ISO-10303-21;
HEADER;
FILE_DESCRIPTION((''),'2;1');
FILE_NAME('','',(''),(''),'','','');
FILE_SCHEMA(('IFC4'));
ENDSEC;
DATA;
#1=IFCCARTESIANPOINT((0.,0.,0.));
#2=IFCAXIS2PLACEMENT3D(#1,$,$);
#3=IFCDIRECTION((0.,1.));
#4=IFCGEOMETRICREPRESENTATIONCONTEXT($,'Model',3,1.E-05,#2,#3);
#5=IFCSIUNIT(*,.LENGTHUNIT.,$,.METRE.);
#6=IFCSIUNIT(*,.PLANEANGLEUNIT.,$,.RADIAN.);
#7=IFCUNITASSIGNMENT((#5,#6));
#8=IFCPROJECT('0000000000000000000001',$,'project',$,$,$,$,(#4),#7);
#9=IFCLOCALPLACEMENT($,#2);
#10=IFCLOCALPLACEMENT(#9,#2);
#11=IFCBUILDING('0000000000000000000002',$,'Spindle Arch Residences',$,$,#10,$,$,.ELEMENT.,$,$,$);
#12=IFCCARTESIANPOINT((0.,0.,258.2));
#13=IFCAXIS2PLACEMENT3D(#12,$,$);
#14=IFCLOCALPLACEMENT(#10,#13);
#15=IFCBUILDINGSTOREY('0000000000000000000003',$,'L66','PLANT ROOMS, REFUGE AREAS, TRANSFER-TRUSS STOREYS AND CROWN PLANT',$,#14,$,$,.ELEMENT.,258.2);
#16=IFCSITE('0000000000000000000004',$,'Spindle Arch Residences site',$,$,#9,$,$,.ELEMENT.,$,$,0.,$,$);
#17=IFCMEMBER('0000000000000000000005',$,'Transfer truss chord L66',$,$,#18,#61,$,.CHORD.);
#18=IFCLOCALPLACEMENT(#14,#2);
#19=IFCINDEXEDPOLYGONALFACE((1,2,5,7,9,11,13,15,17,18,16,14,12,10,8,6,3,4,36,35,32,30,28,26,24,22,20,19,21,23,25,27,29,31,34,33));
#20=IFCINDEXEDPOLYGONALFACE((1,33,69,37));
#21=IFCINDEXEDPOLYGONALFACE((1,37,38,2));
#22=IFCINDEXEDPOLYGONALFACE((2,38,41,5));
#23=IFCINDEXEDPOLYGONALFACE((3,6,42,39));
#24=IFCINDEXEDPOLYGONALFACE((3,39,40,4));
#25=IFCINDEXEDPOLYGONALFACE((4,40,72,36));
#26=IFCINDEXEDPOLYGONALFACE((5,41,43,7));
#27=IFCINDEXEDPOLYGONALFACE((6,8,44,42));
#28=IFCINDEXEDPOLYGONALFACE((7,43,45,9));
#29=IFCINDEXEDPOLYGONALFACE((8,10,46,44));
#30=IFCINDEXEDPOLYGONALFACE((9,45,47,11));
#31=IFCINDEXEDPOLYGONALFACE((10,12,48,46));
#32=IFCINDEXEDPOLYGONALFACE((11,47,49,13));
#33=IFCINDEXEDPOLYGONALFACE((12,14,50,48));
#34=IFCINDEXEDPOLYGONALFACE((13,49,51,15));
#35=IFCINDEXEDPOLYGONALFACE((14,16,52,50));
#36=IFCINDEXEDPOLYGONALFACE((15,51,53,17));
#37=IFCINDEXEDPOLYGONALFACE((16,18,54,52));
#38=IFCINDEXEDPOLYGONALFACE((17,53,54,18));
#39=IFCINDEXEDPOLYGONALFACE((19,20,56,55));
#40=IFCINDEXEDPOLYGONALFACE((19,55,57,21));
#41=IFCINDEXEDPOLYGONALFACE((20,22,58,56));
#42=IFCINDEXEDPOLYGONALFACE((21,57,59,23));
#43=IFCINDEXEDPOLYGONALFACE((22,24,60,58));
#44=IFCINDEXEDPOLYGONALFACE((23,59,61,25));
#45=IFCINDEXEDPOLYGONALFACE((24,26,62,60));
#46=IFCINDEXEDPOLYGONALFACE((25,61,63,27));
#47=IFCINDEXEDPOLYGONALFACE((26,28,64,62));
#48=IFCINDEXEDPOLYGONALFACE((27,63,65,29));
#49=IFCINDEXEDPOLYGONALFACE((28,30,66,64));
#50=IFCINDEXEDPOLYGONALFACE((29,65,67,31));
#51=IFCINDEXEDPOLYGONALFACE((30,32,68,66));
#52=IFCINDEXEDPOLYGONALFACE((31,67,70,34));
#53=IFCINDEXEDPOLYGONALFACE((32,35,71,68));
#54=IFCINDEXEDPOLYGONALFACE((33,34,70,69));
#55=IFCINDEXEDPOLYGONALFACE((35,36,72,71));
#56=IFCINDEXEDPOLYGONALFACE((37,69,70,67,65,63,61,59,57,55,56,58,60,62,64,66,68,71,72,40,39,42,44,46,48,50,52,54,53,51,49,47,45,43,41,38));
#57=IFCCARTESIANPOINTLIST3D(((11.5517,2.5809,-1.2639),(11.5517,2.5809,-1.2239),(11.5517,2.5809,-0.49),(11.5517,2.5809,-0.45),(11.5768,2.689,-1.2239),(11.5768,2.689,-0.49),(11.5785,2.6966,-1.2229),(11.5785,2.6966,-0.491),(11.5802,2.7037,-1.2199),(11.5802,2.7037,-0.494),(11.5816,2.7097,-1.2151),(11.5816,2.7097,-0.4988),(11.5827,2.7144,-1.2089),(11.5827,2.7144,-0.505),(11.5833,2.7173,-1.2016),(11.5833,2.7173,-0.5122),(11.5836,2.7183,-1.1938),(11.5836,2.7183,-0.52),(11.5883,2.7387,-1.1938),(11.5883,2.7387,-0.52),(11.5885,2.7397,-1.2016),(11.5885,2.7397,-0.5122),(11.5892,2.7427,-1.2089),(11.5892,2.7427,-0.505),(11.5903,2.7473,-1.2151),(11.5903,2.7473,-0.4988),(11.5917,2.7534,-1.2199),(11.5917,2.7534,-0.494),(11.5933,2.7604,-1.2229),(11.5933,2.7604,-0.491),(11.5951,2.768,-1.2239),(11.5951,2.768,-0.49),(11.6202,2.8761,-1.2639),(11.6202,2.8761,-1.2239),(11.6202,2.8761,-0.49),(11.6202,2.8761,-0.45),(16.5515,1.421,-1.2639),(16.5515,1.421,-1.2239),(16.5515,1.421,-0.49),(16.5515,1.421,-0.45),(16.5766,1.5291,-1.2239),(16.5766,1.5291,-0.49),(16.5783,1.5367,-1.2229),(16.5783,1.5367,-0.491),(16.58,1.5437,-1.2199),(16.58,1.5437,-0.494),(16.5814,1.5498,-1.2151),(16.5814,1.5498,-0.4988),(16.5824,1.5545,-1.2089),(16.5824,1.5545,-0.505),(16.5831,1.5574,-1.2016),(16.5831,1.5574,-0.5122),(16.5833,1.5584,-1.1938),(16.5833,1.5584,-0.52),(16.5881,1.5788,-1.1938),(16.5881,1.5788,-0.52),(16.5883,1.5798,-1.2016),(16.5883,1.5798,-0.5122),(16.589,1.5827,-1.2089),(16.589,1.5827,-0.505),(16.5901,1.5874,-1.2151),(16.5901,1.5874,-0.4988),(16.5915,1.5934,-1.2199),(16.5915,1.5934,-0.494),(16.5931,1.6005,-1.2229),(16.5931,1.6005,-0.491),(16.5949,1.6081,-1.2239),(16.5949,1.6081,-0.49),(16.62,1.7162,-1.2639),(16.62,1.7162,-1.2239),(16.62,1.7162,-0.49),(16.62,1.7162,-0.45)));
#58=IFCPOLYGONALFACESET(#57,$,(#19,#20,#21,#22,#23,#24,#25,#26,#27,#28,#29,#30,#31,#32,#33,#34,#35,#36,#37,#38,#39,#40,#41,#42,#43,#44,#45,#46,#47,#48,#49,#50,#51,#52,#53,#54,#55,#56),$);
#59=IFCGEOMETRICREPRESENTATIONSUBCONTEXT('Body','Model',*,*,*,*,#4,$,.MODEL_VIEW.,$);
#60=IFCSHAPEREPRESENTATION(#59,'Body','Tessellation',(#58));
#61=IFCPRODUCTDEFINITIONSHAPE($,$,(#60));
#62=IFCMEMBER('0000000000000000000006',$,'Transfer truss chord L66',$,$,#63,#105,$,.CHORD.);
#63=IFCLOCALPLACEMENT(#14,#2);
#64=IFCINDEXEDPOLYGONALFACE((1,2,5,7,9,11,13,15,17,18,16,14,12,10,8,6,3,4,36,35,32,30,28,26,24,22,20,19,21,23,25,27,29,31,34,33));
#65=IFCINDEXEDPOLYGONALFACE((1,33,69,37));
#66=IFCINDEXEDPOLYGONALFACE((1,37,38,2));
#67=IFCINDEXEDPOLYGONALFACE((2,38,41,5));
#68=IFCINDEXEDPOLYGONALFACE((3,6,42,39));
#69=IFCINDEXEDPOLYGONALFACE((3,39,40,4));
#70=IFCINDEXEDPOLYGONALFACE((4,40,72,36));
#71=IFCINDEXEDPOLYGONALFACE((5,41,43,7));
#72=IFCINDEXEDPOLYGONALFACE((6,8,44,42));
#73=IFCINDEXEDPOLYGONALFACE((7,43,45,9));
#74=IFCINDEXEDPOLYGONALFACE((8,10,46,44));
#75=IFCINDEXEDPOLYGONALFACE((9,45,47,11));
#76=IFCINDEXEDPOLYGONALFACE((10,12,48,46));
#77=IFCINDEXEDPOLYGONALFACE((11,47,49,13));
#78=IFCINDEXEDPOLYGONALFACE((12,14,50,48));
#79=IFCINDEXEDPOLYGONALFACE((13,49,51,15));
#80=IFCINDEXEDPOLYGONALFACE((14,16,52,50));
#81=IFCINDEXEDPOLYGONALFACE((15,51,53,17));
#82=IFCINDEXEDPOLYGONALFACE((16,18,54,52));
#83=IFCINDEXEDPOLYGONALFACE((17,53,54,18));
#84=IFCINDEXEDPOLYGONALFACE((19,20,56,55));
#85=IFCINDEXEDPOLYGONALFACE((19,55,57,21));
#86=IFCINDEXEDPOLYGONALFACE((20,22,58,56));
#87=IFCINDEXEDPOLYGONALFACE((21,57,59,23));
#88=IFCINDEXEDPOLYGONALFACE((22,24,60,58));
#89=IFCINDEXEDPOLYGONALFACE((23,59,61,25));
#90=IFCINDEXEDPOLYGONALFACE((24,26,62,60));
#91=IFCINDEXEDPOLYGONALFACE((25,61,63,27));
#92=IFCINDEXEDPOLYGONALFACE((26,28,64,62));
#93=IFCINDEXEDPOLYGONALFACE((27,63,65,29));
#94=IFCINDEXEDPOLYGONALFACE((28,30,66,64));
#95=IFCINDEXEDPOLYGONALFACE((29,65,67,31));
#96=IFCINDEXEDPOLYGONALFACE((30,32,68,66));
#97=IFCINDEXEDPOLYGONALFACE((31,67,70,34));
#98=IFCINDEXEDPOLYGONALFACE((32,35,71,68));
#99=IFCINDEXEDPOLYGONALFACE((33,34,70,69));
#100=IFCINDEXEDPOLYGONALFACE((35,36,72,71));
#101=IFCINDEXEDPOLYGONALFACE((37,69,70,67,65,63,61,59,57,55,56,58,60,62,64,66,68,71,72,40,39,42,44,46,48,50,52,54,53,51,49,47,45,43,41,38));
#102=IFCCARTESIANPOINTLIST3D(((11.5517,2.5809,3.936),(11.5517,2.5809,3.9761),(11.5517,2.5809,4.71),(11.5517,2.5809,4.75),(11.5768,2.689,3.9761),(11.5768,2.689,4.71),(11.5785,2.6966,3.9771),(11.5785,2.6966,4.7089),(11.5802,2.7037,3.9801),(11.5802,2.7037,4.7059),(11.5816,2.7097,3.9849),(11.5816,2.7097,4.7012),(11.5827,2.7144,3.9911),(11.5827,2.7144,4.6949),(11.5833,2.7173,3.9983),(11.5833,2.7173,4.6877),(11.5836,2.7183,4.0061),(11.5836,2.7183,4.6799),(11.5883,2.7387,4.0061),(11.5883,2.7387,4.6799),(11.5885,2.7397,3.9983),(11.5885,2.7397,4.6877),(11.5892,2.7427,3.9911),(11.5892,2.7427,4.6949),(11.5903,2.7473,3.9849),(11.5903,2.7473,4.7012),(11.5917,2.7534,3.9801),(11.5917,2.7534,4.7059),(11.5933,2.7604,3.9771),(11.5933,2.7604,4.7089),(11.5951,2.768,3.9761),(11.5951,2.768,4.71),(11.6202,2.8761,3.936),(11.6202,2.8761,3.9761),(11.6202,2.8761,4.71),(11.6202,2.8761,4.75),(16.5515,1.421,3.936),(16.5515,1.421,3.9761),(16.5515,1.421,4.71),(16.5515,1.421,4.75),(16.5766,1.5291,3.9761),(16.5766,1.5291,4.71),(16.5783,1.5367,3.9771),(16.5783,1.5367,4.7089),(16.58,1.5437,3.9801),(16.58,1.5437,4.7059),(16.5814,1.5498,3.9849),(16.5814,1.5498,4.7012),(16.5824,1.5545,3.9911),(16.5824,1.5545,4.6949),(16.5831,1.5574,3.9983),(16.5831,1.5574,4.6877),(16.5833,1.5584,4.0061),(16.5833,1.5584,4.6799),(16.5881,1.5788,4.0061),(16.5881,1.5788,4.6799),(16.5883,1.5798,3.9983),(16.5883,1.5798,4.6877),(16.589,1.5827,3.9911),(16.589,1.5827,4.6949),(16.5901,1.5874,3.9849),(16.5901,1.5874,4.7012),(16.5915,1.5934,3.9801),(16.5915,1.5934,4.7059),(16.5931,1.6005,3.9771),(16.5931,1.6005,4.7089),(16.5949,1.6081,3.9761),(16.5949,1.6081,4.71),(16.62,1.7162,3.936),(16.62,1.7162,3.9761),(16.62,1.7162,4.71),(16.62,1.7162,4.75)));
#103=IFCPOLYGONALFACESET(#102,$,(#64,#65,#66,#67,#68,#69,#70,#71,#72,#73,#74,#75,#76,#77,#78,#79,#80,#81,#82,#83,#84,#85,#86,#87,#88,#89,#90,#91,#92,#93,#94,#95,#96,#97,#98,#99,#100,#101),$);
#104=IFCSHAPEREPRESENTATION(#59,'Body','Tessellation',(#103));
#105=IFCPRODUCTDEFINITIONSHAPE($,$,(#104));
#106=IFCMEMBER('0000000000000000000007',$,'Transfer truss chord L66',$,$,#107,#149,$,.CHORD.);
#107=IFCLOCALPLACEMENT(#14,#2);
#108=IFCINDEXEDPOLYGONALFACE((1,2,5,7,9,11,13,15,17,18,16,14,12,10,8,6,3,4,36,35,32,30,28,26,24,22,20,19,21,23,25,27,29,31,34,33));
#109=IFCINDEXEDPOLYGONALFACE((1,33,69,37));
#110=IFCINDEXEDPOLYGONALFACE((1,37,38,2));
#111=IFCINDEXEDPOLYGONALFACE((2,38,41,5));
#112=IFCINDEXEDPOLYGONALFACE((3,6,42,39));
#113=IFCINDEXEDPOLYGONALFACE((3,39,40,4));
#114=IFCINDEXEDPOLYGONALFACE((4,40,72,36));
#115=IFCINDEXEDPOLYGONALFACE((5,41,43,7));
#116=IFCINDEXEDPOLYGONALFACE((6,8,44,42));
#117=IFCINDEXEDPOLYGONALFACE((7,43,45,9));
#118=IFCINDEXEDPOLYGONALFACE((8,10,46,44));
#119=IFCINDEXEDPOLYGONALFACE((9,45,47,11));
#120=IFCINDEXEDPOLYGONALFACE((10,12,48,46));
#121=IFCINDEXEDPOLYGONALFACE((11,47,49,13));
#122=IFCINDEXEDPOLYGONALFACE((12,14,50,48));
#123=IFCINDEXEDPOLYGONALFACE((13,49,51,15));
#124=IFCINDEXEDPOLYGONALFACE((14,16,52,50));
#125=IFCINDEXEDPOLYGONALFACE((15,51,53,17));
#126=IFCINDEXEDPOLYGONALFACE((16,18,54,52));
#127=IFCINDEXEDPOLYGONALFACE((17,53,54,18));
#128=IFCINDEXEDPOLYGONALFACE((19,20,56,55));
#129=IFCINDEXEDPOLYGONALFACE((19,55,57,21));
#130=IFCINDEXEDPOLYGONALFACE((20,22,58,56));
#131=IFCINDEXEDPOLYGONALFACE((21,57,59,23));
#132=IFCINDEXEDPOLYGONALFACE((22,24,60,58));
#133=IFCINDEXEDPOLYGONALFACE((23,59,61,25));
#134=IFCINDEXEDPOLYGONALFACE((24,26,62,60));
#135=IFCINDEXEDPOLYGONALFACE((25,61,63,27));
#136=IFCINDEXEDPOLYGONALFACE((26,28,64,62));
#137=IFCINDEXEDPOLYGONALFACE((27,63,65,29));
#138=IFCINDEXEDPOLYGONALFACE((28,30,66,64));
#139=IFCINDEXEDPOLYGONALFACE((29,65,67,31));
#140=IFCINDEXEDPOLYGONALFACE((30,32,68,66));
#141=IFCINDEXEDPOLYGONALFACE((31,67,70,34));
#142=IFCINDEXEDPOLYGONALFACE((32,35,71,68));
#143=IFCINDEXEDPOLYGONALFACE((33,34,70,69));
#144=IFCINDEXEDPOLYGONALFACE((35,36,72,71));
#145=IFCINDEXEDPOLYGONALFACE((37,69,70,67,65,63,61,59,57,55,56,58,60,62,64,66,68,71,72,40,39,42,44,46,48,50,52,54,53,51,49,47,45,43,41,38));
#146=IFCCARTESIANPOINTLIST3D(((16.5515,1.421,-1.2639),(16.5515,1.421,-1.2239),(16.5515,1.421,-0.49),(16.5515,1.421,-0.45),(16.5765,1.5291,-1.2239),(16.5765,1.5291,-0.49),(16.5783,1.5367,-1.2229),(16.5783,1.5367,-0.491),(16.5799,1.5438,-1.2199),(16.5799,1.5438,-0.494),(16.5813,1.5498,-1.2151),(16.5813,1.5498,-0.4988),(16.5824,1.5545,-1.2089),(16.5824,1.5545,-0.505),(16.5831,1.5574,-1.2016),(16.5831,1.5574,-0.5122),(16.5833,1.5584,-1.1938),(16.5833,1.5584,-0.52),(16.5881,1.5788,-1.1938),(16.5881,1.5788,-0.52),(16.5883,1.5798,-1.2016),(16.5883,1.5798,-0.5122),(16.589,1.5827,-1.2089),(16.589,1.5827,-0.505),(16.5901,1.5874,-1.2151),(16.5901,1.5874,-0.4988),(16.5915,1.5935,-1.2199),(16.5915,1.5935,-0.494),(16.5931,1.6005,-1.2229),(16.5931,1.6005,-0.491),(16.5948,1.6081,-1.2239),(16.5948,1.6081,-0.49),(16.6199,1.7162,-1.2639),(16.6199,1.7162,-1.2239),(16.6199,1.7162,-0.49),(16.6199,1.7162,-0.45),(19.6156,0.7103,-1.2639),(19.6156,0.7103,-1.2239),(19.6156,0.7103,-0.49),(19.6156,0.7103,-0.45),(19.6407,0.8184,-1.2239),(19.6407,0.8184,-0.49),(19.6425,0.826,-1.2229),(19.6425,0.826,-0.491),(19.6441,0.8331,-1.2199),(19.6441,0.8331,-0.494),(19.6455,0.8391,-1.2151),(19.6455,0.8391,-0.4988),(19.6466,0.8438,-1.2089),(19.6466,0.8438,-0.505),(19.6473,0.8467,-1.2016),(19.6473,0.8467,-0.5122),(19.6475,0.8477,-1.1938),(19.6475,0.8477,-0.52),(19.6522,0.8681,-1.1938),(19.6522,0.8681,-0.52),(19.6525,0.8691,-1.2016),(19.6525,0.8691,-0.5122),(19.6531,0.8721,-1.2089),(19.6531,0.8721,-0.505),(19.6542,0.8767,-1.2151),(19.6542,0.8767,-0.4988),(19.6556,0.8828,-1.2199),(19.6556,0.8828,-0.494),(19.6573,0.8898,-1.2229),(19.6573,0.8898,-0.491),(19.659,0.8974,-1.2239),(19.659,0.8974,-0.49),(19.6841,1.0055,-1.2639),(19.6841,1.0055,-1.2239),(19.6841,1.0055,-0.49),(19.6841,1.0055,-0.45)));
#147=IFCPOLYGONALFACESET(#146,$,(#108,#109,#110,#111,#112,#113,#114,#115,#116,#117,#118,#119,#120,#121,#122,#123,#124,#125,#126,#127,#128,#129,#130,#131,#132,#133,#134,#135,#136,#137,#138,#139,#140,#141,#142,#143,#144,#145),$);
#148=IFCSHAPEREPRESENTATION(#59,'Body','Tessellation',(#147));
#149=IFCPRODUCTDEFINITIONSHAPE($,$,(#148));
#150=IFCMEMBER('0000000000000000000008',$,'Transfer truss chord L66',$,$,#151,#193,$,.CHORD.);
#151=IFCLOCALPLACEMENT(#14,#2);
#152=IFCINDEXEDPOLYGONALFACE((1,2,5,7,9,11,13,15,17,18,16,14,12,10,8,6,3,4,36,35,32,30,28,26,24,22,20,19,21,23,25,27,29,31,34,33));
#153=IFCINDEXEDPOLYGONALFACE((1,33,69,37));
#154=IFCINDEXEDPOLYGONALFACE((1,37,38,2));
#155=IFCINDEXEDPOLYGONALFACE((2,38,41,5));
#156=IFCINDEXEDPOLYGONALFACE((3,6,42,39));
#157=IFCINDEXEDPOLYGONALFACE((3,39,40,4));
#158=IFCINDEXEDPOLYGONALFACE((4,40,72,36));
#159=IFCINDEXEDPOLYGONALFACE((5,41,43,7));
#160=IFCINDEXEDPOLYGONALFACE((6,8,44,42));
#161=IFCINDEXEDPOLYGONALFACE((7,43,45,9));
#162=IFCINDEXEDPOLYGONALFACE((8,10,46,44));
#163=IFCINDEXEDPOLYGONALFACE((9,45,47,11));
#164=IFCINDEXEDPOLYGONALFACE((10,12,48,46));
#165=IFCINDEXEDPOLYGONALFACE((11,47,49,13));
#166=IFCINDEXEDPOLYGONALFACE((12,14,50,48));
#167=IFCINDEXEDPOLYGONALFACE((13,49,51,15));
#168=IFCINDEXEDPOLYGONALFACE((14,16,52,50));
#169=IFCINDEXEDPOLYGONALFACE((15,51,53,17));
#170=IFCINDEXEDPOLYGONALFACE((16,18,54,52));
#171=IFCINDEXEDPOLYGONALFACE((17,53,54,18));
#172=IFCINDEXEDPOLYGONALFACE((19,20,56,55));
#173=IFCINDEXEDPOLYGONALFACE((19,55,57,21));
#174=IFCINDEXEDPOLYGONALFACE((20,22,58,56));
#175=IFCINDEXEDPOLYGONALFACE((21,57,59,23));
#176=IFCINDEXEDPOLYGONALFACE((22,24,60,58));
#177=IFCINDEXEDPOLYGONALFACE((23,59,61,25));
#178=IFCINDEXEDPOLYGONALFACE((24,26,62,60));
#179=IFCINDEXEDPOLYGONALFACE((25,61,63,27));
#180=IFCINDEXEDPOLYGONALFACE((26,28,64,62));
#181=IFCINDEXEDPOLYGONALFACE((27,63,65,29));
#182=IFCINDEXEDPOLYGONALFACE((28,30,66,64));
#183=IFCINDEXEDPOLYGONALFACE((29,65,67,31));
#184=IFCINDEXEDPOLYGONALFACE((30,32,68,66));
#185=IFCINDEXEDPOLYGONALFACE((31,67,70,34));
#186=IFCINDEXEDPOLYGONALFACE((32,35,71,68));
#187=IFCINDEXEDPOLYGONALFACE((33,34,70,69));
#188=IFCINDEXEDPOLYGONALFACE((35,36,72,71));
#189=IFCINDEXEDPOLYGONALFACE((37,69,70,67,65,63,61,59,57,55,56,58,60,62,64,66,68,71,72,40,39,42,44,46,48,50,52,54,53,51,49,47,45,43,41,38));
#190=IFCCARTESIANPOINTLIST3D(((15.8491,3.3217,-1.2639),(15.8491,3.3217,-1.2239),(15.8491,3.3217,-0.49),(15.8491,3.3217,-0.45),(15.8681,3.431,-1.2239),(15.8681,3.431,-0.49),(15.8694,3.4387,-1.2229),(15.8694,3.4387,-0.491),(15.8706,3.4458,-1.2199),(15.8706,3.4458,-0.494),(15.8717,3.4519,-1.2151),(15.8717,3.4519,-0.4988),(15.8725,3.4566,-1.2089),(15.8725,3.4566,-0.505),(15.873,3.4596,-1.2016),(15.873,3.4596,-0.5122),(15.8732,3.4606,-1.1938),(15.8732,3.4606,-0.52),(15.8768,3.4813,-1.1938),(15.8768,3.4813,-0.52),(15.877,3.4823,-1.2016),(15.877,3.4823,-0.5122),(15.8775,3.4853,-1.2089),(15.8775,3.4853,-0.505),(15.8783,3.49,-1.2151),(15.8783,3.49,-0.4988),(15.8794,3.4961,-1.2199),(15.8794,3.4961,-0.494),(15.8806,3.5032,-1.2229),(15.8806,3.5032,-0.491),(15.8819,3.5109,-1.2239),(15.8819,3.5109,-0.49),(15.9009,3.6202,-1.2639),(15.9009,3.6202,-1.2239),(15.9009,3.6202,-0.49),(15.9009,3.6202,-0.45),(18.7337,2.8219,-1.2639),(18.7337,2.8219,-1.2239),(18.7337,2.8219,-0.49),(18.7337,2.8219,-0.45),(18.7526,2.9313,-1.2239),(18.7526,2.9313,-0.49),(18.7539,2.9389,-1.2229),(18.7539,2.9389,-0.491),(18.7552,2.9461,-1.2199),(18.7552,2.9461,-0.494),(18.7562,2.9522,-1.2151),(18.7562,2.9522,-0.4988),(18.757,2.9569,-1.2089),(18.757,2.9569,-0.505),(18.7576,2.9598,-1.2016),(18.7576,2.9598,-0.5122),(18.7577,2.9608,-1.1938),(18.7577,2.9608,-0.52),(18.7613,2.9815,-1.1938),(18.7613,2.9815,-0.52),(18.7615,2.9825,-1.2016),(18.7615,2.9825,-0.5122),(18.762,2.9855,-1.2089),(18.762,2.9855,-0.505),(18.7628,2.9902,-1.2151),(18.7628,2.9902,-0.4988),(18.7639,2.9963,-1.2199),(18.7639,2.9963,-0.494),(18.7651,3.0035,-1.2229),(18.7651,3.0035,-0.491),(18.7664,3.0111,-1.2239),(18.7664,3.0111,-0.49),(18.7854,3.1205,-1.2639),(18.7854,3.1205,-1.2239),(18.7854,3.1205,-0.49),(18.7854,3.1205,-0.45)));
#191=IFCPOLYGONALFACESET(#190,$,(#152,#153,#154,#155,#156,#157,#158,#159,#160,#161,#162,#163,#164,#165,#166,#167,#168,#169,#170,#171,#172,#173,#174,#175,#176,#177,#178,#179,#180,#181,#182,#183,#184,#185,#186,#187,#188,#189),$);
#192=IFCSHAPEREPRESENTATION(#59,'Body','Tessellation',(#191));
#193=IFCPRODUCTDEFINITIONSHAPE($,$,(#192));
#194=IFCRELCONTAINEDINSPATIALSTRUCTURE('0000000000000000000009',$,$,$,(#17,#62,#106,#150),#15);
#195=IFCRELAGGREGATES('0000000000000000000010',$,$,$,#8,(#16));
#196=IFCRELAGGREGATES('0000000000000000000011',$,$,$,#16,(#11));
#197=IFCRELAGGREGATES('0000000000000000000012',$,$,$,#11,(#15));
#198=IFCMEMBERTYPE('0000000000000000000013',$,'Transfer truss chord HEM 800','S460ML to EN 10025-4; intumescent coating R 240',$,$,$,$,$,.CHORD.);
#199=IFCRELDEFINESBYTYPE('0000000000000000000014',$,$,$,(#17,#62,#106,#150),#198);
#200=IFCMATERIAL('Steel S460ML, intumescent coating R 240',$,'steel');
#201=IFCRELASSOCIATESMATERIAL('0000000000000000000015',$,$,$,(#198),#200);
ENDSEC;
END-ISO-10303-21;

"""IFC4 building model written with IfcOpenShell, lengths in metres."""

from ifc_helpers import new_model, si_unit, direction, frame, origin, origin_2d, place, context, subcontext, project, spatial, i_section, extrude, material, material_profile, profile_set, type_object, element, save


model = new_model("IFC4")

# Units and contexts
model_context = context("Model", 3, precision=1e-05, world=origin(), true_north=direction((0.0, 1.0)))
body_context = subcontext(model_context, "Body", "Model", "MODEL_VIEW")
ifc_project = project(units=[si_unit("LENGTHUNIT", "METRE"), si_unit("PLANEANGLEUNIT", "RADIAN")], contexts=[model_context])

# Site, building, storey
site_placement = place(None, origin())
site = spatial("IfcSite", under=ifc_project, at=site_placement, Name="Spindle Arch Residences site", CompositionType="ELEMENT", RefElevation=0.0)
building_placement = place(site_placement, origin())
building = spatial("IfcBuilding", under=site, at=building_placement, Name="Spindle Arch Residences", CompositionType="ELEMENT")
storey_placement = place(building_placement, frame((0.0, 0.0, 258.2)))
storey = spatial("IfcBuildingStorey", under=building, at=storey_placement, Name="L66", Description="PLANT ROOMS, REFUGE AREAS, TRANSFER-TRUSS STOREYS AND CROWN PLANT", CompositionType="ELEMENT", Elevation=258.2)

# Members
ifc_material_1 = material(Name="Steel S460ML, intumescent coating R 240", Category="steel")
ifc_material_profile_1 = material_profile(ifc_material_1, i_section(OverallWidth=0.303, OverallDepth=0.814, WebThickness=0.021, FlangeThickness=0.04, FilletRadius=0.03, at=origin_2d()), Name="HEM 800")
ifc_profile_set_1 = profile_set([ifc_material_profile_1], Name="Steel S460ML, intumescent coating R 240")
member_type_1 = type_object("IfcMemberType", Name="Transfer truss chord HEM 800", Description="S460ML to EN 10025-4; intumescent coating R 240", PredefinedType="CHORD", material=ifc_profile_set_1)
for number, where, z_axis, x_axis, name in (
    (1, (11.5859, 2.7285, -0.8569), (0.974129, -0.225992, 0.0), (0.225992, 0.974129, 0.0), "Transfer truss chord L66"),
    (2, (11.5859, 2.7285, 4.343), (0.974129, -0.225992, 0.0), (0.225992, 0.974129, 0.0), "Transfer truss chord L66"),
):
    element("IfcMember", number, at=place(storey_placement, frame(where, z_axis=z_axis, x_axis=x_axis)), inside=storey, type_object=member_type_1, Name=name, PredefinedType="CHORD", context=body_context, shape_type="SweptSolid", body=[
        extrude(i_section(OverallWidth=0.303, OverallDepth=0.814, WebThickness=0.021, FlangeThickness=0.04, FilletRadius=0.03, at=origin_2d()), origin(), (0.0, 0.0, 1.0), 5.1326),
    ])
member_1_placement = place(storey_placement, frame((16.5857, 1.5686, -0.8569), z_axis=(0.974142, -0.225936, 0.0), x_axis=(0.225936, 0.974142, 0.0)))
element("IfcMember", 3, at=member_1_placement, inside=storey, type_object=member_type_1, Name="Transfer truss chord L66", PredefinedType="CHORD", context=body_context, shape_type="SweptSolid", body=[
    extrude(i_section(OverallWidth=0.303, OverallDepth=0.814, WebThickness=0.021, FlangeThickness=0.04, FilletRadius=0.03, at=origin_2d()), origin(), (0.0, 0.0, 1.0), 3.1455),
])
for number, where, z_axis, x_axis, name in (
    (4, (15.875, 3.4709, -0.8569), (0.985321, -0.170711, 0.0), (0.170711, 0.985321, 0.0), "Transfer truss chord L66"),
):
    element("IfcMember", number, at=place(storey_placement, frame(where, z_axis=z_axis, x_axis=x_axis)), inside=storey, type_object=member_type_1, Name=name, PredefinedType="CHORD", context=body_context, shape_type="SweptSolid", body=[
        extrude(i_section(OverallWidth=0.303, OverallDepth=0.814, WebThickness=0.021, FlangeThickness=0.04, FilletRadius=0.03, at=origin_2d()), origin(), (0.0, 0.0, 1.0), 2.9275),
    ])

save(model, "model.ifc")
